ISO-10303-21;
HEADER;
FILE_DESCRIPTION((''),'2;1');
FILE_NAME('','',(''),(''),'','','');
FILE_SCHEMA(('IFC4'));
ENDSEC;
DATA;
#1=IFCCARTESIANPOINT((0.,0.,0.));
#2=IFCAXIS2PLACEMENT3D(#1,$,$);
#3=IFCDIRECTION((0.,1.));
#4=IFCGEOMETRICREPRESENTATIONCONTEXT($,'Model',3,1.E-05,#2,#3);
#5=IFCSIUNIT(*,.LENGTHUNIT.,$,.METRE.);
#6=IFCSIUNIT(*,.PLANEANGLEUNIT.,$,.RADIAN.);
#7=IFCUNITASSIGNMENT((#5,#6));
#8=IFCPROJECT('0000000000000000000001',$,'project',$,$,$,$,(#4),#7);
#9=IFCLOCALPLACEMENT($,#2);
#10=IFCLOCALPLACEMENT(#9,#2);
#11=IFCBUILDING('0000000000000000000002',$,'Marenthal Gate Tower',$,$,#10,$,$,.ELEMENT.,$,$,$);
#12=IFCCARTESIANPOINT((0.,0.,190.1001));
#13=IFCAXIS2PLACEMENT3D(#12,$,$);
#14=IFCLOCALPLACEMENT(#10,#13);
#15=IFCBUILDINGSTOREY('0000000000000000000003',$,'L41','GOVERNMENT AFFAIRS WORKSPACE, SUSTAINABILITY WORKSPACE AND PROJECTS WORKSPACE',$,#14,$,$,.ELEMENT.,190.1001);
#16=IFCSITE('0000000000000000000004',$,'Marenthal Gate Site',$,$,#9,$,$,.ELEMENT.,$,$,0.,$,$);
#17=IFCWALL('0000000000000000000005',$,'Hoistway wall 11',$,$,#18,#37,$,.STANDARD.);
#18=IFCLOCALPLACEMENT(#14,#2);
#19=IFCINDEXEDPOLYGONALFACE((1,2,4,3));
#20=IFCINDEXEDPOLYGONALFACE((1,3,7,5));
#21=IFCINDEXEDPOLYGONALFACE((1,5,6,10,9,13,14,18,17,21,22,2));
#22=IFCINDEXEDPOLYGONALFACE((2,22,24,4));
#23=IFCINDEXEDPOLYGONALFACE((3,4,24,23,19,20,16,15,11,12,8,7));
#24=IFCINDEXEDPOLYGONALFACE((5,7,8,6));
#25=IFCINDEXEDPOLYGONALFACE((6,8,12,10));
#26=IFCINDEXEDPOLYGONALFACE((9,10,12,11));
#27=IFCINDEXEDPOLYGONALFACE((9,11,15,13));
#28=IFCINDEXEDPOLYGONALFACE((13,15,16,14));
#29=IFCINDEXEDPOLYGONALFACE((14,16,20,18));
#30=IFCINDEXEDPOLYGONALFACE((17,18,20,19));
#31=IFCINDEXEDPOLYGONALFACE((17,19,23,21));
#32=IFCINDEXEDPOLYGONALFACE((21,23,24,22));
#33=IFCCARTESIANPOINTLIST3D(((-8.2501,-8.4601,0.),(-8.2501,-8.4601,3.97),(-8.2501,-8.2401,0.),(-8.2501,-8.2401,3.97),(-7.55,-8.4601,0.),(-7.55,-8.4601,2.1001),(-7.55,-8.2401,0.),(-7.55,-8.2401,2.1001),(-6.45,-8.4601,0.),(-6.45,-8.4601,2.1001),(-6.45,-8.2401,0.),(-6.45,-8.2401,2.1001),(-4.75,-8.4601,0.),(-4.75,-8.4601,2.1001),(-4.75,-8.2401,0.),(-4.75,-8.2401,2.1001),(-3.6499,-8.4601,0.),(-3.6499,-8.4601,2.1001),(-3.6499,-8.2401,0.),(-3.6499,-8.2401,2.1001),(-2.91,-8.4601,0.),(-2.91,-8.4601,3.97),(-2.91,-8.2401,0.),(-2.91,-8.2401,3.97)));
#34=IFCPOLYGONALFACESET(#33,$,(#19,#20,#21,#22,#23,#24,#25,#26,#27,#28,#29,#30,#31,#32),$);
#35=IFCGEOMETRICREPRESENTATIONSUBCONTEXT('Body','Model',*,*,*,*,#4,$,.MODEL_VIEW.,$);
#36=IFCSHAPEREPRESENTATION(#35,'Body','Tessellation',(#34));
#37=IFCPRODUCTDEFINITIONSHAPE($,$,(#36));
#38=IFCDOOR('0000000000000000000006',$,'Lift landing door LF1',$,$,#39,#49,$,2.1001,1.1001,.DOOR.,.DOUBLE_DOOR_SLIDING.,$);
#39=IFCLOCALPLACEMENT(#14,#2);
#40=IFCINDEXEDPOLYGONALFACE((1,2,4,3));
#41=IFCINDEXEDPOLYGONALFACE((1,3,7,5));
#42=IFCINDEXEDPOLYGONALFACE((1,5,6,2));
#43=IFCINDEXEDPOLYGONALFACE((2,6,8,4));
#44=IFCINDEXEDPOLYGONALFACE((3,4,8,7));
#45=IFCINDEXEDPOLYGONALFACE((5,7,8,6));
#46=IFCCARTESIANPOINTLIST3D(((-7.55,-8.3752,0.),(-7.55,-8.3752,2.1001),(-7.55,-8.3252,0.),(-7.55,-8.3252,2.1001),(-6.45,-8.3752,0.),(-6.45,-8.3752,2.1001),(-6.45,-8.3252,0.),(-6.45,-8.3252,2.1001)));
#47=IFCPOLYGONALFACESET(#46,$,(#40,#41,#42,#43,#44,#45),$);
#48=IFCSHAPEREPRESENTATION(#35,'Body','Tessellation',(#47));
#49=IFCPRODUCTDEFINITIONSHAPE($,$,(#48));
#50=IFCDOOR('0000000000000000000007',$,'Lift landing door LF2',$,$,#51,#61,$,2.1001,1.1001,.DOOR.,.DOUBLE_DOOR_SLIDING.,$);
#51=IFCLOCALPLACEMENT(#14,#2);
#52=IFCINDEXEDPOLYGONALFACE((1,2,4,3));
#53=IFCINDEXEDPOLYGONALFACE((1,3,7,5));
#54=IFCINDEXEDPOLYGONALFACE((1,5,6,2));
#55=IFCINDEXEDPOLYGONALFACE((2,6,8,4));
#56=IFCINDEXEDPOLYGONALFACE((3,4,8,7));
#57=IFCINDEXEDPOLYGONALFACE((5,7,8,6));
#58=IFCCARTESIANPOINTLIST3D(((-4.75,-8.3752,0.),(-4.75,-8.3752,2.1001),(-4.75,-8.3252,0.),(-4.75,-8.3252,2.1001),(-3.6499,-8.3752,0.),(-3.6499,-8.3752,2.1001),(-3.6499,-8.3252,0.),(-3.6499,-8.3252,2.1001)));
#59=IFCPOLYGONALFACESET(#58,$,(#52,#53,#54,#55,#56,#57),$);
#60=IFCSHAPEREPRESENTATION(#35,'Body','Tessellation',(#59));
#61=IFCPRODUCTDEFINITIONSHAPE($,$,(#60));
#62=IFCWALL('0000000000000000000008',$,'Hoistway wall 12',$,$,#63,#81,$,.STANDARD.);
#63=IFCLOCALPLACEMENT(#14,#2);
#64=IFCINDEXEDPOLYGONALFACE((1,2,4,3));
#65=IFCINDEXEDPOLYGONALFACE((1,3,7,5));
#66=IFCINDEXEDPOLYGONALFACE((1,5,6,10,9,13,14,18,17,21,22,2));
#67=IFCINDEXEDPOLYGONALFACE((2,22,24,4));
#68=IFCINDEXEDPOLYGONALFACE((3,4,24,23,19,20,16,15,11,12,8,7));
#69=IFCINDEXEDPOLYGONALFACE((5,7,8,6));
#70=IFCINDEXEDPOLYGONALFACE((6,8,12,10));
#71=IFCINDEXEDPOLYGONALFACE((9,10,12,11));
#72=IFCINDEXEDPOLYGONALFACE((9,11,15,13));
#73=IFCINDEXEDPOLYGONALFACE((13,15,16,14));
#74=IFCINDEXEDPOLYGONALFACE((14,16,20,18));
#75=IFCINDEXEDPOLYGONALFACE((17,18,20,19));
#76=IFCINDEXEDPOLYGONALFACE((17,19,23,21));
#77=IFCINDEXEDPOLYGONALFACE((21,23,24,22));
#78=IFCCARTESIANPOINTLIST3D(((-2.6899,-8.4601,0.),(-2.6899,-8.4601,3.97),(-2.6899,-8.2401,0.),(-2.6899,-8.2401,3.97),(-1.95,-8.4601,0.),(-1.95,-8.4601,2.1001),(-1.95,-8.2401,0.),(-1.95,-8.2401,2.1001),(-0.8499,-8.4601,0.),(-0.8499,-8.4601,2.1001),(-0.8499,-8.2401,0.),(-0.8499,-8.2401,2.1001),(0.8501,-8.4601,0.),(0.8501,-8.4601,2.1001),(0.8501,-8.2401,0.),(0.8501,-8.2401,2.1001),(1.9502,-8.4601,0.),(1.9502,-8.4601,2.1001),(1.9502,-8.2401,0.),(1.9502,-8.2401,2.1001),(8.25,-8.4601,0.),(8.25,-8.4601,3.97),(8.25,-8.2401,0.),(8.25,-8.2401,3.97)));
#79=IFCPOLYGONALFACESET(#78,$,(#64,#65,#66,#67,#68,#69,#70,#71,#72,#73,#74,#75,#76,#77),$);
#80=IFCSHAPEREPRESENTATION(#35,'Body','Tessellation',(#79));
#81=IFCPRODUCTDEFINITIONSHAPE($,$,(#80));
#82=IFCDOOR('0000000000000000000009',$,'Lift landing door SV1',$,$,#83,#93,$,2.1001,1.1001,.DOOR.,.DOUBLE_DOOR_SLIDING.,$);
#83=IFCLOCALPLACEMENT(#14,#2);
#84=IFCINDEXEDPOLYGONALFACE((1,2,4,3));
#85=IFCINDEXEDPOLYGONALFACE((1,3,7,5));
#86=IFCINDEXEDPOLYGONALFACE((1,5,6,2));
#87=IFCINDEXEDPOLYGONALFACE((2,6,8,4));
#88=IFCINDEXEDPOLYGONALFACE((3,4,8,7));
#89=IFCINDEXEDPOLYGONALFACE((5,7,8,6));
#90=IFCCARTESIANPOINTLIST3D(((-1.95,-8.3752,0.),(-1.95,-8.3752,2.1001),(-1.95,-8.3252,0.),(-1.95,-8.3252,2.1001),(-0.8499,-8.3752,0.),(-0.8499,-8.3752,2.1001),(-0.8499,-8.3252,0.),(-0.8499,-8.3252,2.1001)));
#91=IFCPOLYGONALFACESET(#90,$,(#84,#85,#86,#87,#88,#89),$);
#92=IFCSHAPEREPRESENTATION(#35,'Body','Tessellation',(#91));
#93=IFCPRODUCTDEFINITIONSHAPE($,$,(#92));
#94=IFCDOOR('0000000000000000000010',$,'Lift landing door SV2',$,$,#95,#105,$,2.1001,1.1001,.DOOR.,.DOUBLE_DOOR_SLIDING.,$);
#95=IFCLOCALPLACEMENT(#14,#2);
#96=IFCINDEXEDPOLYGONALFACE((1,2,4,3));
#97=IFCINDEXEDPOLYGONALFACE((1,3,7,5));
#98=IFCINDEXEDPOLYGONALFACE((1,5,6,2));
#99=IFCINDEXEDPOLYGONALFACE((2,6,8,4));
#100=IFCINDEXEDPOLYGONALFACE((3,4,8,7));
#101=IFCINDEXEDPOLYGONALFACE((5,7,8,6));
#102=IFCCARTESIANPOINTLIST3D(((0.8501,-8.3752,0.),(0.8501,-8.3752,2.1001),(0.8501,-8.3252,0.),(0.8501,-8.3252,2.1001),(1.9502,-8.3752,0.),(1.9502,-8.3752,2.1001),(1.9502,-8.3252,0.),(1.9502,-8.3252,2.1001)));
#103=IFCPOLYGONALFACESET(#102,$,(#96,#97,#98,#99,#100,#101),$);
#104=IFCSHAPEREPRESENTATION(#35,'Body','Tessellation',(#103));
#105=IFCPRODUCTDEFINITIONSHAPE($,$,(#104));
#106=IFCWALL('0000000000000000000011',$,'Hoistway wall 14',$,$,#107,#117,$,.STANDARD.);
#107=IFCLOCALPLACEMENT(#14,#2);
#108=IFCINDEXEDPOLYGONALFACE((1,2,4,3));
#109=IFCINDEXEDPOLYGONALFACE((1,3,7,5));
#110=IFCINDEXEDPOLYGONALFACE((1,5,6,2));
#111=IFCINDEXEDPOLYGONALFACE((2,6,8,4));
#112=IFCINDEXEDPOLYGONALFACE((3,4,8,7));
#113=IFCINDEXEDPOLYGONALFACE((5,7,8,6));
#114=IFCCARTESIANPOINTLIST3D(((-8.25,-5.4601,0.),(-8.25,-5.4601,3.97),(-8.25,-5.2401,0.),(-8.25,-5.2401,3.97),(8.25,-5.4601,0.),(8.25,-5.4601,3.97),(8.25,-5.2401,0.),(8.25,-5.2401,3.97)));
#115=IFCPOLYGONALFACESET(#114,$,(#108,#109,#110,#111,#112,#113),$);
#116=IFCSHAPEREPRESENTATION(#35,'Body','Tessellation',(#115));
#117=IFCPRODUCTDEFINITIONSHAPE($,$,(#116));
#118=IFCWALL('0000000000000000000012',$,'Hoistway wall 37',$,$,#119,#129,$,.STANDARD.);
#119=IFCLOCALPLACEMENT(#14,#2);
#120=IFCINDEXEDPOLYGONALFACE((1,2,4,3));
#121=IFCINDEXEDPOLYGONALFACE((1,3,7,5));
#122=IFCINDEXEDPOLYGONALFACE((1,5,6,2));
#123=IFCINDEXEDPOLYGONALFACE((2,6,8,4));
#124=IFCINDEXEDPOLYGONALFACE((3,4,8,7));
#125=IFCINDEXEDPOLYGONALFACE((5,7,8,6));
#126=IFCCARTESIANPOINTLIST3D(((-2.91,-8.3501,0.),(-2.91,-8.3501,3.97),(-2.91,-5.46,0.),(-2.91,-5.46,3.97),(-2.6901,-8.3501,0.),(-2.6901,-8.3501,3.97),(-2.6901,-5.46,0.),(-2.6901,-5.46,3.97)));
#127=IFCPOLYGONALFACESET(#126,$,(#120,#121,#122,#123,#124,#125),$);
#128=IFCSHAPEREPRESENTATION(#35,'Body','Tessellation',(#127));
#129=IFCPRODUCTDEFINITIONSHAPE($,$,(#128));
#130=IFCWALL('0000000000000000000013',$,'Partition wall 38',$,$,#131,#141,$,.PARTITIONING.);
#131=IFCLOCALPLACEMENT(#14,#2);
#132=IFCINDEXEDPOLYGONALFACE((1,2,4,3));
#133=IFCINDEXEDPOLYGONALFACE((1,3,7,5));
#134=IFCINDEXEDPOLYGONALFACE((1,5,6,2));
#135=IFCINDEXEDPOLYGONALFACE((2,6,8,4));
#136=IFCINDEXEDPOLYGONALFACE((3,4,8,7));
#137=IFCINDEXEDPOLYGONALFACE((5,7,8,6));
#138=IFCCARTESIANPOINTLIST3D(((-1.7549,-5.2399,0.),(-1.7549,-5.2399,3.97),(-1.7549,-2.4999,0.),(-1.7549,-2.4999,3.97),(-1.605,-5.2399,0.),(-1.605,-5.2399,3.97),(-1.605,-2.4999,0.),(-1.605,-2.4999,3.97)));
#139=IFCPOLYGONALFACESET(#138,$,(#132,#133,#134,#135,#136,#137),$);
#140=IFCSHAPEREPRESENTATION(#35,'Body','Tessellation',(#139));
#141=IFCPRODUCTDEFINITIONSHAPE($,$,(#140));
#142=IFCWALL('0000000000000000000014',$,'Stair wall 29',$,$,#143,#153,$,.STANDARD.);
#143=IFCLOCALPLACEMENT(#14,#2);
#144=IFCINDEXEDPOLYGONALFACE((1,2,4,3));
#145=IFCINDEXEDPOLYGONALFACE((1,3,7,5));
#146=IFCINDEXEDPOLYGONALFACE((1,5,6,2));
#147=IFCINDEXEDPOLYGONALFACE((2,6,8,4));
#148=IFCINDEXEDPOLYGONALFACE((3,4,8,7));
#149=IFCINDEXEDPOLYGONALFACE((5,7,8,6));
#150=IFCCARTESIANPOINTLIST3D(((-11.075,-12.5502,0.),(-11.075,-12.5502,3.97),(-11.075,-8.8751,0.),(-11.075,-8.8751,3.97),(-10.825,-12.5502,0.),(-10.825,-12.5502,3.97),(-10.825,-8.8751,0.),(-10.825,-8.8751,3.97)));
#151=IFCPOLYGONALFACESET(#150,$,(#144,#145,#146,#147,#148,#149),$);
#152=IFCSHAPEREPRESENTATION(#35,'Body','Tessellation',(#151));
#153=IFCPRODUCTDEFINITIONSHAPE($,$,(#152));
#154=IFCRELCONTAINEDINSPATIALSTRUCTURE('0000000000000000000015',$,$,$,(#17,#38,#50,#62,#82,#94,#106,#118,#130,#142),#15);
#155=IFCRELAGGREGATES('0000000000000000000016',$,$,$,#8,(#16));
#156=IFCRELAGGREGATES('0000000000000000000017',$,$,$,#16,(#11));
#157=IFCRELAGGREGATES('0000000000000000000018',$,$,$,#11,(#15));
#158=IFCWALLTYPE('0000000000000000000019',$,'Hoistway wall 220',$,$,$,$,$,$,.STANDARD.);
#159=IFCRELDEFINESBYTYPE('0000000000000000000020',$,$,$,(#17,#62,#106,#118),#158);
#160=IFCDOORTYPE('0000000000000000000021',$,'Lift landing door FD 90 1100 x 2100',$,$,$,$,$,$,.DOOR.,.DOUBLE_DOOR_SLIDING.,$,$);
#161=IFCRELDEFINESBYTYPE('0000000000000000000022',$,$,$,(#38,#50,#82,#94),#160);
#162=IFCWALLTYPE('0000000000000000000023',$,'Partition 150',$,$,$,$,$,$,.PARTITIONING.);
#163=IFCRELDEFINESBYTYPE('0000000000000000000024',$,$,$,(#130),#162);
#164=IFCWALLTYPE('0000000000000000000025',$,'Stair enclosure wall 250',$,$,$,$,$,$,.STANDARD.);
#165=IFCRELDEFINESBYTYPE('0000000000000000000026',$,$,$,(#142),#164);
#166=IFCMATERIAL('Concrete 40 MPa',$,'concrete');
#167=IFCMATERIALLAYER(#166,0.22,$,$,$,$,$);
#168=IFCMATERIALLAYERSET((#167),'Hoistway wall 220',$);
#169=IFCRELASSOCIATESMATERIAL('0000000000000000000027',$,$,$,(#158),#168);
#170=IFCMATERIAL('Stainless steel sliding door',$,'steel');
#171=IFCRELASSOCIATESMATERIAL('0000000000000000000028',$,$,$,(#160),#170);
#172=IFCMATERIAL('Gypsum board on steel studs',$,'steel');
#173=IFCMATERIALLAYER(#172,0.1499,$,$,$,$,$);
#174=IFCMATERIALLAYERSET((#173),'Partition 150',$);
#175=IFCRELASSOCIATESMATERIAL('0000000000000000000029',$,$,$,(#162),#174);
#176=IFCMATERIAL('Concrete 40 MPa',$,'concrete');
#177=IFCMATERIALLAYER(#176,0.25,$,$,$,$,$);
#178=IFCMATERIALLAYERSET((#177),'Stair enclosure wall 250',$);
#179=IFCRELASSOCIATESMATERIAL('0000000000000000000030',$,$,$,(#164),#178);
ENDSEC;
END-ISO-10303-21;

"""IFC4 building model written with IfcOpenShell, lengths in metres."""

from ifc_helpers import new_model, si_unit, direction, frame, frame_2d, origin, place, context, subcontext, project, spatial, rectangle, extrude, material, layer, layer_set, type_object, element, fill, save


model = new_model("IFC4")

# Units and contexts
model_context = context("Model", 3, precision=1e-05, world=origin(), true_north=direction((0.0, 1.0)))
body_context = subcontext(model_context, "Body", "Model", "MODEL_VIEW")
ifc_project = project(units=[si_unit("LENGTHUNIT", "METRE"), si_unit("PLANEANGLEUNIT", "RADIAN")], contexts=[model_context])

# Site, building, storey
site_placement = place(None, origin())
site = spatial("IfcSite", under=ifc_project, at=site_placement, Name="Marenthal Gate Site", CompositionType="ELEMENT", RefElevation=0.0)
building_placement = place(site_placement, origin())
building = spatial("IfcBuilding", under=site, at=building_placement, Name="Marenthal Gate Tower", CompositionType="ELEMENT")
storey_placement = place(building_placement, frame((0.0, 0.0, 190.1001)))
storey = spatial("IfcBuildingStorey", under=building, at=storey_placement, Name="L41", Description="GOVERNMENT AFFAIRS WORKSPACE, SUSTAINABILITY WORKSPACE AND PROJECTS WORKSPACE", CompositionType="ELEMENT", Elevation=190.1001)

# Walls, openings, doors
ifc_material_1 = material(Name="Concrete 40 MPa", Category="concrete")
ifc_layer_1 = layer(ifc_material_1, 0.22)
ifc_layer_set_1 = layer_set([ifc_layer_1], Name="Hoistway wall 220")
wall_type_1 = type_object("IfcWallType", Name="Hoistway wall 220", PredefinedType="STANDARD", material=ifc_layer_set_1)
wall_1_placement = place(storey_placement, frame((-8.25, -8.3501, 0.0), z_axis=(0.0, 0.0, 1.0), x_axis=(1.0, 0.0, 0.0)))
wall_1 = element("IfcWall", 1, at=wall_1_placement, inside=storey, type_object=wall_type_1, Name="Hoistway wall 11", PredefinedType="STANDARD", context=body_context, shape_type="SweptSolid", body=[
    extrude(rectangle(XDim=5.3401, YDim=0.22, at=frame_2d((2.6699, 0.0))), origin(), (0.0, 0.0, 1.0), 3.97),
])
opening_1_placement = place(wall_1_placement, frame((0.7, 0.0, 0.0)))
opening_1 = element("IfcOpeningElement", 2, at=opening_1_placement, cuts=wall_1, PredefinedType="OPENING", context=body_context, shape_type="SweptSolid", body=[
    extrude(rectangle(XDim=1.1001, YDim=2.1001, at=frame_2d((0.55, 1.05))), frame((0.0, 0.1201, 0.0), z_axis=(0.0, -1.0, 0.0), x_axis=(1.0, 0.0, 0.0)), (0.0, 0.0, 1.0), 0.24),
])
opening_2_placement = place(wall_1_placement, frame((3.5, 0.0, 0.0)))
opening_2 = element("IfcOpeningElement", 3, at=opening_2_placement, cuts=wall_1, PredefinedType="OPENING", context=body_context, shape_type="SweptSolid", body=[
    extrude(rectangle(XDim=1.1001, YDim=2.1001, at=frame_2d((0.55, 1.05))), frame((0.0, 0.1201, 0.0), z_axis=(0.0, -1.0, 0.0), x_axis=(1.0, 0.0, 0.0)), (0.0, 0.0, 1.0), 0.24),
])
ifc_material_2 = material(Name="Stainless steel sliding door", Category="steel")
door_type_1 = type_object("IfcDoorType", Name="Lift landing door FD 90 1100 x 2100", OperationType="DOUBLE_DOOR_SLIDING", PredefinedType="DOOR", material=ifc_material_2)
door_1_placement = place(opening_1_placement, origin())
door_1 = element("IfcDoor", 4, at=door_1_placement, inside=storey, type_object=door_type_1, Name="Lift landing door LF1", OperationType="DOUBLE_DOOR_SLIDING", OverallHeight=2.1001, OverallWidth=1.1001, PredefinedType="DOOR", context=body_context, shape_type="SweptSolid", body=[
    extrude(rectangle(XDim=1.1001, YDim=2.1001, at=frame_2d((0.55, 1.05))), frame((0.0, 0.0249, 0.0), z_axis=(0.0, -1.0, 0.0), x_axis=(1.0, 0.0, 0.0)), (0.0, 0.0, 1.0), 0.05),
])
fill(opening_1, door_1)
door_2_placement = place(opening_2_placement, origin())
door_2 = element("IfcDoor", 5, at=door_2_placement, inside=storey, type_object=door_type_1, Name="Lift landing door LF2", OperationType="DOUBLE_DOOR_SLIDING", OverallHeight=2.1001, OverallWidth=1.1001, PredefinedType="DOOR", context=body_context, shape_type="SweptSolid", body=[
    extrude(rectangle(XDim=1.1001, YDim=2.1001, at=frame_2d((0.55, 1.05))), frame((0.0, 0.0249, 0.0), z_axis=(0.0, -1.0, 0.0), x_axis=(1.0, 0.0, 0.0)), (0.0, 0.0, 1.0), 0.05),
])
fill(opening_2, door_2)
wall_2_placement = place(storey_placement, frame((-2.6899, -8.3501, 0.0), z_axis=(0.0, 0.0, 1.0), x_axis=(1.0, 0.0, 0.0)))
wall_2 = element("IfcWall", 6, at=wall_2_placement, inside=storey, type_object=wall_type_1, Name="Hoistway wall 12", PredefinedType="STANDARD", context=body_context, shape_type="SweptSolid", body=[
    extrude(rectangle(XDim=10.9399, YDim=0.22, at=frame_2d((5.47, 0.0))), origin(), (0.0, 0.0, 1.0), 3.97),
])
opening_3_placement = place(wall_2_placement, frame((0.74, 0.0, 0.0)))
opening_3 = element("IfcOpeningElement", 7, at=opening_3_placement, cuts=wall_2, PredefinedType="OPENING", context=body_context, shape_type="SweptSolid", body=[
    extrude(rectangle(XDim=1.1001, YDim=2.1001, at=frame_2d((0.55, 1.05))), frame((0.0, 0.1201, 0.0), z_axis=(0.0, -1.0, 0.0), x_axis=(1.0, 0.0, 0.0)), (0.0, 0.0, 1.0), 0.24),
])
opening_4_placement = place(wall_2_placement, frame((3.54, 0.0, 0.0)))
opening_4 = element("IfcOpeningElement", 8, at=opening_4_placement, cuts=wall_2, PredefinedType="OPENING", context=body_context, shape_type="SweptSolid", body=[
    extrude(rectangle(XDim=1.1001, YDim=2.1001, at=frame_2d((0.55, 1.05))), frame((0.0, 0.1201, 0.0), z_axis=(0.0, -1.0, 0.0), x_axis=(1.0, 0.0, 0.0)), (0.0, 0.0, 1.0), 0.24),
])
door_3_placement = place(opening_3_placement, origin())
door_3 = element("IfcDoor", 9, at=door_3_placement, inside=storey, type_object=door_type_1, Name="Lift landing door SV1", OperationType="DOUBLE_DOOR_SLIDING", OverallHeight=2.1001, OverallWidth=1.1001, PredefinedType="DOOR", context=body_context, shape_type="SweptSolid", body=[
    extrude(rectangle(XDim=1.1001, YDim=2.1001, at=frame_2d((0.55, 1.05))), frame((0.0, 0.0249, 0.0), z_axis=(0.0, -1.0, 0.0), x_axis=(1.0, 0.0, 0.0)), (0.0, 0.0, 1.0), 0.05),
])
fill(opening_3, door_3)
door_4_placement = place(opening_4_placement, origin())
door_4 = element("IfcDoor", 10, at=door_4_placement, inside=storey, type_object=door_type_1, Name="Lift landing door SV2", OperationType="DOUBLE_DOOR_SLIDING", OverallHeight=2.1001, OverallWidth=1.1001, PredefinedType="DOOR", context=body_context, shape_type="SweptSolid", body=[
    extrude(rectangle(XDim=1.1001, YDim=2.1001, at=frame_2d((0.55, 1.05))), frame((0.0, 0.0249, 0.0), z_axis=(0.0, -1.0, 0.0), x_axis=(1.0, 0.0, 0.0)), (0.0, 0.0, 1.0), 0.05),
])
fill(opening_4, door_4)

# Walls
wall_3_placement = place(storey_placement, frame((-8.25, -5.3501, 0.0), z_axis=(0.0, 0.0, 1.0), x_axis=(1.0, 0.0, 0.0)))
element("IfcWall", 11, at=wall_3_placement, inside=storey, type_object=wall_type_1, Name="Hoistway wall 14", PredefinedType="STANDARD", context=body_context, shape_type="SweptSolid", body=[
    extrude(rectangle(XDim=16.5, YDim=0.22, at=frame_2d((8.25, 0.0))), origin(), (0.0, 0.0, 1.0), 3.97),
])
wall_4_placement = place(storey_placement, frame((-2.8, -8.3501, 0.0), z_axis=(0.0, 0.0, 1.0), x_axis=(0.0, 1.0, 0.0)))
element("IfcWall", 12, at=wall_4_placement, inside=storey, type_object=wall_type_1, Name="Hoistway wall 37", PredefinedType="STANDARD", context=body_context, shape_type="SweptSolid", body=[
    extrude(rectangle(XDim=2.8901, YDim=0.22, at=frame_2d((1.4451, 0.0))), origin(), (0.0, 0.0, 1.0), 3.97),
])
ifc_material_3 = material(Name="Gypsum board on steel studs", Category="steel")
ifc_layer_2 = layer(ifc_material_3, 0.1499)
ifc_layer_set_2 = layer_set([ifc_layer_2], Name="Partition 150")
wall_type_2 = type_object("IfcWallType", Name="Partition 150", PredefinedType="PARTITIONING", material=ifc_layer_set_2)
wall_5_placement = place(storey_placement, frame((-1.6799, -5.24, 0.0), z_axis=(0.0, 0.0, 1.0), x_axis=(0.0, 1.0, 0.0)))
element("IfcWall", 13, at=wall_5_placement, inside=storey, type_object=wall_type_2, Name="Partition wall 38", PredefinedType="PARTITIONING", context=body_context, shape_type="SweptSolid", body=[
    extrude(rectangle(XDim=2.74, YDim=0.1499, at=frame_2d((1.3701, 0.0))), origin(), (0.0, 0.0, 1.0), 3.97),
])
ifc_material_4 = material(Name="Concrete 40 MPa", Category="concrete")
ifc_layer_3 = layer(ifc_material_4, 0.25)
ifc_layer_set_3 = layer_set([ifc_layer_3], Name="Stair enclosure wall 250")
wall_type_3 = type_object("IfcWallType", Name="Stair enclosure wall 250", PredefinedType="STANDARD", material=ifc_layer_set_3)
wall_6_placement = place(storey_placement, frame((-10.95, -12.55, 0.0), z_axis=(0.0, 0.0, 1.0), x_axis=(0.0, 1.0, 0.0)))
element("IfcWall", 14, at=wall_6_placement, inside=storey, type_object=wall_type_3, Name="Stair wall 29", PredefinedType="STANDARD", context=body_context, shape_type="SweptSolid", body=[
    extrude(rectangle(XDim=3.675, YDim=0.25, at=frame_2d((1.8374, 0.0))), origin(), (0.0, 0.0, 1.0), 3.97),
])

save(model, "model.ifc")
